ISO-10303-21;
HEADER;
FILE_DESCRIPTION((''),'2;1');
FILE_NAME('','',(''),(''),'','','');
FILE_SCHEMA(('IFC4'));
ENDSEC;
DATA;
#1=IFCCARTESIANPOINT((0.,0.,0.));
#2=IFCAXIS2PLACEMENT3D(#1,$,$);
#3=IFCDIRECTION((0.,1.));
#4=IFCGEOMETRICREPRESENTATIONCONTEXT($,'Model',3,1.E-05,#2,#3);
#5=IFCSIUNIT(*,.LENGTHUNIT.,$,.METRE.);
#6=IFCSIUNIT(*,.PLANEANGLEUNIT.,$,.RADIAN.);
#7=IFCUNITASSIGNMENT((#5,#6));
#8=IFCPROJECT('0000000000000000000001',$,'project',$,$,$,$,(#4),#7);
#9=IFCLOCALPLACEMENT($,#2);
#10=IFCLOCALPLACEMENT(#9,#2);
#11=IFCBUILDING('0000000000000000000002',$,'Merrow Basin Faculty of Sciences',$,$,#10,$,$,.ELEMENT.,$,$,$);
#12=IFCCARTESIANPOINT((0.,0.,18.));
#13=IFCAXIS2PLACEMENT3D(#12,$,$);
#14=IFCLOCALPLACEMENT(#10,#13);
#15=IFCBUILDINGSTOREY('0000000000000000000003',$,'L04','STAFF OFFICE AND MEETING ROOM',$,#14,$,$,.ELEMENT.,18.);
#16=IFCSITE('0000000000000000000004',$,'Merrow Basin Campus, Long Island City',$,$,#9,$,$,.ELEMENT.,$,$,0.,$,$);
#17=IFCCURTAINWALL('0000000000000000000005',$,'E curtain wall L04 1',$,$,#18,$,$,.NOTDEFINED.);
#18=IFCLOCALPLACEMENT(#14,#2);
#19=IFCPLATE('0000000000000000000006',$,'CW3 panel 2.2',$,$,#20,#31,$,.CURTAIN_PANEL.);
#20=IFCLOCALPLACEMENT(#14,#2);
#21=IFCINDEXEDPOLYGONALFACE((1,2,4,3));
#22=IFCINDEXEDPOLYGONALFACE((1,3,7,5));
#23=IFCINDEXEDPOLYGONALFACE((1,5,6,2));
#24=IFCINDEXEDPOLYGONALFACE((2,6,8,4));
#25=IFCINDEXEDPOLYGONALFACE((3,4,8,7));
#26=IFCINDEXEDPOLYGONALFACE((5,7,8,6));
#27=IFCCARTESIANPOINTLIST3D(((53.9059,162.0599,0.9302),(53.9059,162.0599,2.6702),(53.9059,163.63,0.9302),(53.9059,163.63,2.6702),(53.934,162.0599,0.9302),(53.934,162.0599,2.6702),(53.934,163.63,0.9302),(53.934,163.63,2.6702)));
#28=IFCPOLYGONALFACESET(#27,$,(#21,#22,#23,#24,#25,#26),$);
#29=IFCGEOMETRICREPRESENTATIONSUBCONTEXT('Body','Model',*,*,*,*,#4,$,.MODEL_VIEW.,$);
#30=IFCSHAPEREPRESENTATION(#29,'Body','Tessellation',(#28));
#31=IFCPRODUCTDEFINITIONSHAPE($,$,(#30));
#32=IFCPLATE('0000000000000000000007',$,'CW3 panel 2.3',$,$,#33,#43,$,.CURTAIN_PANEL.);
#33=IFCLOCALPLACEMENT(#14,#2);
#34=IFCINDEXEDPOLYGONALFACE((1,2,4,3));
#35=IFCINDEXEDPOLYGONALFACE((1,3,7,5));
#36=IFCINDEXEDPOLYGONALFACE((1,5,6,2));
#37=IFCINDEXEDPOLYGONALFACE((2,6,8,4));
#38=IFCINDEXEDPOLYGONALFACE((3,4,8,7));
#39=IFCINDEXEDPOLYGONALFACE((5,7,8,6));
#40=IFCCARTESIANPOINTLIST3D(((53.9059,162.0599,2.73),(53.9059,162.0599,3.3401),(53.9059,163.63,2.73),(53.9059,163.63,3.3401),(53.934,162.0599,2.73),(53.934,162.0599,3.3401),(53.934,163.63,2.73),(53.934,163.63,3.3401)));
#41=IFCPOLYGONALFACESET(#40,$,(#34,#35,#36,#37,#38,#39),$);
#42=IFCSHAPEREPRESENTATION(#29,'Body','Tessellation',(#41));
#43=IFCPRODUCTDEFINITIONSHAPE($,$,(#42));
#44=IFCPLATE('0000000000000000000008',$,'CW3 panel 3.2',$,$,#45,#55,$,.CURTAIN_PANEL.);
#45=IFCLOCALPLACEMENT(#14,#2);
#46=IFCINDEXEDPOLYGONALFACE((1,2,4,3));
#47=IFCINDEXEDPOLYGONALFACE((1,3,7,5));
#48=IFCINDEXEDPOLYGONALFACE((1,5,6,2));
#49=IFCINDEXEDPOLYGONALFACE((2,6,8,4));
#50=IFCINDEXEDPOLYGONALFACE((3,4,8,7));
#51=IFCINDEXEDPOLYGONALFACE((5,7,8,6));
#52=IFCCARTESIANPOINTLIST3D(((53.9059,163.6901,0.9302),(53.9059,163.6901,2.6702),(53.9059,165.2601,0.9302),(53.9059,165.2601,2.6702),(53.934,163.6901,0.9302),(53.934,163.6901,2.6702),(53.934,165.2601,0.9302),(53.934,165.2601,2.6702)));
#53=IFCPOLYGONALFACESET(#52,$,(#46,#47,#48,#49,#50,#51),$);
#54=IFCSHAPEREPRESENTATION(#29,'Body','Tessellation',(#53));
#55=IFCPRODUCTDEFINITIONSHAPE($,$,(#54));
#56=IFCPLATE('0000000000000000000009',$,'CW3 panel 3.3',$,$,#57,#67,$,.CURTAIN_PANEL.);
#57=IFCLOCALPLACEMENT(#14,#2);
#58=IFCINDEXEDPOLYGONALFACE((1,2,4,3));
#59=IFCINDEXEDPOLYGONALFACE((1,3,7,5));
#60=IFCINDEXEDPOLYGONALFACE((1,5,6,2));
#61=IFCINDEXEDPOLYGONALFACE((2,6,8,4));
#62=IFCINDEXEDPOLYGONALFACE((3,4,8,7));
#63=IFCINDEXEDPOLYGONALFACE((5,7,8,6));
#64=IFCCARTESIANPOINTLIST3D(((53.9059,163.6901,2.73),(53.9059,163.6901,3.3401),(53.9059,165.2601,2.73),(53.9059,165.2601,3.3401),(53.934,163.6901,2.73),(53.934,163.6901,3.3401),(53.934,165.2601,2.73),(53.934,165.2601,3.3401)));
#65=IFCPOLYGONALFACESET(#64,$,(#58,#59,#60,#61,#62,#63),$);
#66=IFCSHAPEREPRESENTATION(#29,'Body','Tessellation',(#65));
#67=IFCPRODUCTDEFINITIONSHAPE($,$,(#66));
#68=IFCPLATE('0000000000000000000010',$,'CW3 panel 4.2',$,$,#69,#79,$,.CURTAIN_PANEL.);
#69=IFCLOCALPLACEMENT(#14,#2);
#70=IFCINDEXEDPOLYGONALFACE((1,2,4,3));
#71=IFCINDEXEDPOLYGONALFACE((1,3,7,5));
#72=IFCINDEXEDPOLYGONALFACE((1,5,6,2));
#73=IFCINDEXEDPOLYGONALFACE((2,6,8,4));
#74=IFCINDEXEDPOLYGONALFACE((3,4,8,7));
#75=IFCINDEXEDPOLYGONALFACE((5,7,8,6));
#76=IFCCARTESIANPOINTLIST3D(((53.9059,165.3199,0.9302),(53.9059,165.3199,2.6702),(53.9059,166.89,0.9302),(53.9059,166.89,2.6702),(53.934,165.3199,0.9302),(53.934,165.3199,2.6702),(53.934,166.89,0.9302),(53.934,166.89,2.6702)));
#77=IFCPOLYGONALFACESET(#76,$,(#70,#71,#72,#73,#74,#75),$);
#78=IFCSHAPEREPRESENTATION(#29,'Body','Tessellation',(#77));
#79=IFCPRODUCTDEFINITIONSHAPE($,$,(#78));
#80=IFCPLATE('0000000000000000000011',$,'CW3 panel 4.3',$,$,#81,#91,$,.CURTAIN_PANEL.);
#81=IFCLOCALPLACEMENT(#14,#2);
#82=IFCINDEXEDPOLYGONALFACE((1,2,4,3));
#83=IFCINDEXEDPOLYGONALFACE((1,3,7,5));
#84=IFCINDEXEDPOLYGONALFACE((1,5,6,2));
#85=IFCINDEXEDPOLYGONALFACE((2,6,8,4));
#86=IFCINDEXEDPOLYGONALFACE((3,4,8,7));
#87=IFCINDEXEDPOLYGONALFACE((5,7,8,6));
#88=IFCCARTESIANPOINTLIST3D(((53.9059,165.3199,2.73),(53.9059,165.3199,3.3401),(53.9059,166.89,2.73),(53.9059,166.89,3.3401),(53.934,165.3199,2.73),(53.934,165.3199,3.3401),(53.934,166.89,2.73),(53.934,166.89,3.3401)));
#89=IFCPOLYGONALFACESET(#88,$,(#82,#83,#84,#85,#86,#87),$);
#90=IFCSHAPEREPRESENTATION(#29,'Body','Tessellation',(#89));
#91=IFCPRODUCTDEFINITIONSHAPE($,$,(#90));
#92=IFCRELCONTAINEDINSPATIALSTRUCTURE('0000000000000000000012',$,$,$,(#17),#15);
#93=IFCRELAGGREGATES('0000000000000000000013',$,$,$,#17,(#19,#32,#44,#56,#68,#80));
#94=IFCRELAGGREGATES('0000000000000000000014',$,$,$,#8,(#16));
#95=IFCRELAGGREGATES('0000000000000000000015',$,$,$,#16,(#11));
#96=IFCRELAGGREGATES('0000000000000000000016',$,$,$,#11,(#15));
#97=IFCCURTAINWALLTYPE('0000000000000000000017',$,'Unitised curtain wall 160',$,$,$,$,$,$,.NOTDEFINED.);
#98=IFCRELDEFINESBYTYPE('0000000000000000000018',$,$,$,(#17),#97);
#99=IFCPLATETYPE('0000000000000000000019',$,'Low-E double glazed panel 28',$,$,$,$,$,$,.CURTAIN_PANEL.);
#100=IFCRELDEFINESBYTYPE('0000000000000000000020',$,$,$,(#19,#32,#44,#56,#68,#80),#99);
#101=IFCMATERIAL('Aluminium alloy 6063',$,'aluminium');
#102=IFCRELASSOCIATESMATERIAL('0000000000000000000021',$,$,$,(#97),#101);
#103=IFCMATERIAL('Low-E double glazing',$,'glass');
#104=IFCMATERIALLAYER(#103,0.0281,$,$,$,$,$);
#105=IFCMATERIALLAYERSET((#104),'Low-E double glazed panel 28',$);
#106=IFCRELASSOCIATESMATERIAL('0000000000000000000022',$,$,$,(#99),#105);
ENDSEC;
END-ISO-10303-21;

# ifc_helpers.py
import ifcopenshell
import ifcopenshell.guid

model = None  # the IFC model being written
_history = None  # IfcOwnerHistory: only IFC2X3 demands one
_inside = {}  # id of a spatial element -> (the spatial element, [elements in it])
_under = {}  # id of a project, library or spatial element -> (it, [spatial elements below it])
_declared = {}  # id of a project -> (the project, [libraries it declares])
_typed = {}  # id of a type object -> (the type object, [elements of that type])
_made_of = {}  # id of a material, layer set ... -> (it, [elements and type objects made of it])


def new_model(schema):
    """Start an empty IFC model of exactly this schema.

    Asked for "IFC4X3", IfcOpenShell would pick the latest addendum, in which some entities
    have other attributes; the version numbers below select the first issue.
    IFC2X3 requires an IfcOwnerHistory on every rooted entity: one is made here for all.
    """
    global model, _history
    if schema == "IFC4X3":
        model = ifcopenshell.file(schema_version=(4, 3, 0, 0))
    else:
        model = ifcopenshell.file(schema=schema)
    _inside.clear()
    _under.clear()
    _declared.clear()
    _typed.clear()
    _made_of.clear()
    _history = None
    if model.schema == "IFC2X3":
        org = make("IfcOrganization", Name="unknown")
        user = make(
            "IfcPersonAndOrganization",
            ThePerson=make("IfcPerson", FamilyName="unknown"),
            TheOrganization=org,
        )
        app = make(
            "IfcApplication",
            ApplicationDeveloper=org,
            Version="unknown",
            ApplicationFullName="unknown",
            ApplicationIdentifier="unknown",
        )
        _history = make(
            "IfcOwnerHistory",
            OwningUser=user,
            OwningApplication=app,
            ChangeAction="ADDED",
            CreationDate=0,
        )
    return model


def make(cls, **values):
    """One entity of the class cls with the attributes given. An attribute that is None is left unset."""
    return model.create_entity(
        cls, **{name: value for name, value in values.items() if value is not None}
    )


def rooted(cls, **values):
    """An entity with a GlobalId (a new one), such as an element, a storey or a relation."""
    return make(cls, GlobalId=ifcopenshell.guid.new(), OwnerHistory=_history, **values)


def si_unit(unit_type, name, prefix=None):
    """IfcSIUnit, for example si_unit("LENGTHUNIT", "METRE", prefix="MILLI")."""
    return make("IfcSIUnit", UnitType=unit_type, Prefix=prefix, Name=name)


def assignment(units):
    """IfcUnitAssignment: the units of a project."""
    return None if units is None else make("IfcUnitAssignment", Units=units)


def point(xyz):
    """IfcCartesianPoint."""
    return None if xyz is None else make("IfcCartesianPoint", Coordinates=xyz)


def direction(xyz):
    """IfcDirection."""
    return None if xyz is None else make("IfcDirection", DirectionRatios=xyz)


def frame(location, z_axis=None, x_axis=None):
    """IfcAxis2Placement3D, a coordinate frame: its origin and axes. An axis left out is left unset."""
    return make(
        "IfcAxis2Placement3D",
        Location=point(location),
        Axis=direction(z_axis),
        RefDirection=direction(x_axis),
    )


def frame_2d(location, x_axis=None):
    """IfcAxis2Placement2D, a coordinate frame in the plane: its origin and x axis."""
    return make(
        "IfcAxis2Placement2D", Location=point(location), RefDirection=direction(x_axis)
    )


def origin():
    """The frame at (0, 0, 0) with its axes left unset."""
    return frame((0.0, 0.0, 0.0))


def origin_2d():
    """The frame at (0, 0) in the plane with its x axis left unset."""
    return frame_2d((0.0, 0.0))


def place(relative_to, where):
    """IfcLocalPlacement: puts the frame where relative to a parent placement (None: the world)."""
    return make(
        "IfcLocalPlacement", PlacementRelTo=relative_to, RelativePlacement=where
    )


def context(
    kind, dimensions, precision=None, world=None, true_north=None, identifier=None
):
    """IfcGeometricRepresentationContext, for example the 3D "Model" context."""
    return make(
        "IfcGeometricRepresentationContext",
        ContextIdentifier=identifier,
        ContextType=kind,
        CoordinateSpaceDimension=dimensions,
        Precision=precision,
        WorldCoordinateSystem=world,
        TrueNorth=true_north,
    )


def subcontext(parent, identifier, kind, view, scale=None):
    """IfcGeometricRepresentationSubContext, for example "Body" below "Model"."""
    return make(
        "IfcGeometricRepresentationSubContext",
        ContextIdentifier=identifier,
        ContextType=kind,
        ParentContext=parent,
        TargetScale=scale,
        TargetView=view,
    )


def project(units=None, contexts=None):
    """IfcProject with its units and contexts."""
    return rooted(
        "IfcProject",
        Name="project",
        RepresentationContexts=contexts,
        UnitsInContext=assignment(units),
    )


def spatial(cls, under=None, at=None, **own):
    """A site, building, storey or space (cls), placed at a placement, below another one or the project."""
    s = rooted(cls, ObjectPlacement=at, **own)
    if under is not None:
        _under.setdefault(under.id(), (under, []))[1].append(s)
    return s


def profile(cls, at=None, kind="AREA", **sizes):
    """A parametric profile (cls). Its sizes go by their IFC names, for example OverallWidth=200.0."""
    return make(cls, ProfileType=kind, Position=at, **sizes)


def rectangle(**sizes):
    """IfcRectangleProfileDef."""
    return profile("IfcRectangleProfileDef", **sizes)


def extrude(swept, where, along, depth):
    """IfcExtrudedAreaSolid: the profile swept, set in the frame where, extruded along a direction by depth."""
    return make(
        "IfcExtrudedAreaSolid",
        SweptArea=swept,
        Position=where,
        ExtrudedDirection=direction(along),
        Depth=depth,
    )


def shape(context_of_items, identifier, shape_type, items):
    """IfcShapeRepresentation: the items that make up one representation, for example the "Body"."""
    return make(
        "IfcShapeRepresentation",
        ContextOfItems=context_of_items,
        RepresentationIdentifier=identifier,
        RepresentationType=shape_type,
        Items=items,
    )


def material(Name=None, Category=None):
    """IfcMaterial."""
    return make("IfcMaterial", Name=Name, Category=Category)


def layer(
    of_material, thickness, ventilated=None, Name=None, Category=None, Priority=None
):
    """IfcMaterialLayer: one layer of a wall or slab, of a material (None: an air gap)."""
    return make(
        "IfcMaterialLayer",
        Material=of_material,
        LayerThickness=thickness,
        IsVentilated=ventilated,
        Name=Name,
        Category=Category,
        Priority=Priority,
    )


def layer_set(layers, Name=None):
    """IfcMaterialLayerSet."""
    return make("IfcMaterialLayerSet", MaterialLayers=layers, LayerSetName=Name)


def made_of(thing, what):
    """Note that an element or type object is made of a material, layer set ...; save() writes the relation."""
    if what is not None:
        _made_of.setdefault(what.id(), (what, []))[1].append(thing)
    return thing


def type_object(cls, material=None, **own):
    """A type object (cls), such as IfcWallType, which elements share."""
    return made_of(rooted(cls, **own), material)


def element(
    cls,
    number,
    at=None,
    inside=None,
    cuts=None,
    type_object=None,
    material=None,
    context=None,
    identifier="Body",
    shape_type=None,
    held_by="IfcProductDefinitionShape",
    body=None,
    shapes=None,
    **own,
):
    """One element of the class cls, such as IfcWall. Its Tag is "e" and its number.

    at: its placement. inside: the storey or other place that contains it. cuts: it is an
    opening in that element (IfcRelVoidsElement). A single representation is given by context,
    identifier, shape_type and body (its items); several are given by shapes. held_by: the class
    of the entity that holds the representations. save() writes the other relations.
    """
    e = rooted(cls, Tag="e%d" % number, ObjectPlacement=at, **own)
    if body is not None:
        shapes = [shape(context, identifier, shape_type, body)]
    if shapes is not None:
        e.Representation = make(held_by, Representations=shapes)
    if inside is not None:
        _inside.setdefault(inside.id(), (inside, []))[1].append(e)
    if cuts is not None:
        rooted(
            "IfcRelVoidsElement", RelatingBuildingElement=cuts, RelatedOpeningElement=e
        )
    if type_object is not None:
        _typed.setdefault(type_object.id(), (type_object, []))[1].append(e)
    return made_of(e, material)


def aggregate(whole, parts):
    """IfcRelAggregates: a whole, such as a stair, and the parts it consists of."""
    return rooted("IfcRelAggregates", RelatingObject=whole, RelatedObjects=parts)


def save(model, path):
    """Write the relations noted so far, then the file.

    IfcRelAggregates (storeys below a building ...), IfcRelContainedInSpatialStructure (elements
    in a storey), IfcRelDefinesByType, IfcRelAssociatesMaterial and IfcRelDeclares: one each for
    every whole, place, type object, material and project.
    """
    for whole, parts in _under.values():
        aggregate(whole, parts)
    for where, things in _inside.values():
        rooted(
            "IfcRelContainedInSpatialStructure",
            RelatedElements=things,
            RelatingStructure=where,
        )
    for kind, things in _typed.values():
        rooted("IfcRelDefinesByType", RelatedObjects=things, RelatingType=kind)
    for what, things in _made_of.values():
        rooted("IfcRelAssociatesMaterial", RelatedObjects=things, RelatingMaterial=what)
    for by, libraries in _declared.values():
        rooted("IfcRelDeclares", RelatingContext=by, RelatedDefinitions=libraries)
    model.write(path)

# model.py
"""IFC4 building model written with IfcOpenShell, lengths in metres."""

from ifc_helpers import new_model, si_unit, direction, frame, origin, origin_2d, place, context, subcontext, project, spatial, rectangle, extrude, material, layer, layer_set, type_object, element, aggregate, save


model = new_model("IFC4")

# Units and contexts
model_context = context("Model", 3, precision=1e-05, world=origin(), true_north=direction((0.0, 1.0)))
body_context = subcontext(model_context, "Body", "Model", "MODEL_VIEW")
ifc_project = project(units=[si_unit("LENGTHUNIT", "METRE"), si_unit("PLANEANGLEUNIT", "RADIAN")], contexts=[model_context])

# Site, building, storey
site_placement = place(None, origin())
site = spatial("IfcSite", under=ifc_project, at=site_placement, Name="Merrow Basin Campus, Long Island City", CompositionType="ELEMENT", RefElevation=0.0)
building_placement = place(site_placement, origin())
building = spatial("IfcBuilding", under=site, at=building_placement, Name="Merrow Basin Faculty of Sciences", CompositionType="ELEMENT")
storey_placement = place(building_placement, frame((0.0, 0.0, 18.0)))
storey = spatial("IfcBuildingStorey", under=building, at=storey_placement, Name="L04", Description="STAFF OFFICE AND MEETING ROOM", CompositionType="ELEMENT", Elevation=18.0)

# Curtain wall, plates
ifc_material_1 = material(Name="Aluminium alloy 6063", Category="aluminium")
curtain_wall_type = type_object("IfcCurtainWallType", Name="Unitised curtain wall 160", PredefinedType="NOTDEFINED", material=ifc_material_1)
curtain_wall_placement = place(storey_placement, origin())
curtain_wall = element("IfcCurtainWall", 1, at=curtain_wall_placement, inside=storey, type_object=curtain_wall_type, Name="E curtain wall L04 1", PredefinedType="NOTDEFINED")
ifc_material_2 = material(Name="Low-E double glazing", Category="glass")
ifc_layer_1 = layer(ifc_material_2, 0.0281)
ifc_layer_set_1 = layer_set([ifc_layer_1], Name="Low-E double glazed panel 28")
plate_type_1 = type_object("IfcPlateType", Name="Low-E double glazed panel 28", PredefinedType="CURTAIN_PANEL", material=ifc_layer_set_1)
plate_1_placement = place(storey_placement, frame((53.9199, 162.845, 0.9302), z_axis=(0.0, 0.0, 1.0), x_axis=(0.0, 1.0, 0.0)))
plate_1 = element("IfcPlate", 2, at=plate_1_placement, type_object=plate_type_1, Name="CW3 panel 2.2", PredefinedType="CURTAIN_PANEL", context=body_context, shape_type="SweptSolid", body=[
    extrude(rectangle(XDim=1.5701, YDim=0.0281, at=origin_2d()), origin(), (0.0, 0.0, 1.0), 1.74),
])
plate_2_placement = place(storey_placement, frame((53.9199, 162.845, 2.73), z_axis=(0.0, 0.0, 1.0), x_axis=(0.0, 1.0, 0.0)))
plate_2 = element("IfcPlate", 3, at=plate_2_placement, type_object=plate_type_1, Name="CW3 panel 2.3", PredefinedType="CURTAIN_PANEL", context=body_context, shape_type="SweptSolid", body=[
    extrude(rectangle(XDim=1.5701, YDim=0.0281, at=origin_2d()), origin(), (0.0, 0.0, 1.0), 0.6101),
])
plate_3_placement = place(storey_placement, frame((53.9199, 164.4751, 0.9302), z_axis=(0.0, 0.0, 1.0), x_axis=(0.0, 1.0, 0.0)))
plate_3 = element("IfcPlate", 4, at=plate_3_placement, type_object=plate_type_1, Name="CW3 panel 3.2", PredefinedType="CURTAIN_PANEL", context=body_context, shape_type="SweptSolid", body=[
    extrude(rectangle(XDim=1.5701, YDim=0.0281, at=origin_2d()), origin(), (0.0, 0.0, 1.0), 1.74),
])
plate_4_placement = place(storey_placement, frame((53.9199, 164.4751, 2.73), z_axis=(0.0, 0.0, 1.0), x_axis=(0.0, 1.0, 0.0)))
plate_4 = element("IfcPlate", 5, at=plate_4_placement, type_object=plate_type_1, Name="CW3 panel 3.3", PredefinedType="CURTAIN_PANEL", context=body_context, shape_type="SweptSolid", body=[
    extrude(rectangle(XDim=1.5701, YDim=0.0281, at=origin_2d()), origin(), (0.0, 0.0, 1.0), 0.6101),
])
plate_5_placement = place(storey_placement, frame((53.9199, 166.105, 0.9302), z_axis=(0.0, 0.0, 1.0), x_axis=(0.0, 1.0, 0.0)))
plate_5 = element("IfcPlate", 6, at=plate_5_placement, type_object=plate_type_1, Name="CW3 panel 4.2", PredefinedType="CURTAIN_PANEL", context=body_context, shape_type="SweptSolid", body=[
    extrude(rectangle(XDim=1.5701, YDim=0.0281, at=origin_2d()), origin(), (0.0, 0.0, 1.0), 1.74),
])
plate_6_placement = place(storey_placement, frame((53.9199, 166.105, 2.73), z_axis=(0.0, 0.0, 1.0), x_axis=(0.0, 1.0, 0.0)))
plate_6 = element("IfcPlate", 7, at=plate_6_placement, type_object=plate_type_1, Name="CW3 panel 4.3", PredefinedType="CURTAIN_PANEL", context=body_context, shape_type="SweptSolid", body=[
    extrude(rectangle(XDim=1.5701, YDim=0.0281, at=origin_2d()), origin(), (0.0, 0.0, 1.0), 0.6101),
])
aggregate(curtain_wall, [plate_1, plate_2, plate_3, plate_4, plate_5, plate_6])

save(model, "model.ifc")
